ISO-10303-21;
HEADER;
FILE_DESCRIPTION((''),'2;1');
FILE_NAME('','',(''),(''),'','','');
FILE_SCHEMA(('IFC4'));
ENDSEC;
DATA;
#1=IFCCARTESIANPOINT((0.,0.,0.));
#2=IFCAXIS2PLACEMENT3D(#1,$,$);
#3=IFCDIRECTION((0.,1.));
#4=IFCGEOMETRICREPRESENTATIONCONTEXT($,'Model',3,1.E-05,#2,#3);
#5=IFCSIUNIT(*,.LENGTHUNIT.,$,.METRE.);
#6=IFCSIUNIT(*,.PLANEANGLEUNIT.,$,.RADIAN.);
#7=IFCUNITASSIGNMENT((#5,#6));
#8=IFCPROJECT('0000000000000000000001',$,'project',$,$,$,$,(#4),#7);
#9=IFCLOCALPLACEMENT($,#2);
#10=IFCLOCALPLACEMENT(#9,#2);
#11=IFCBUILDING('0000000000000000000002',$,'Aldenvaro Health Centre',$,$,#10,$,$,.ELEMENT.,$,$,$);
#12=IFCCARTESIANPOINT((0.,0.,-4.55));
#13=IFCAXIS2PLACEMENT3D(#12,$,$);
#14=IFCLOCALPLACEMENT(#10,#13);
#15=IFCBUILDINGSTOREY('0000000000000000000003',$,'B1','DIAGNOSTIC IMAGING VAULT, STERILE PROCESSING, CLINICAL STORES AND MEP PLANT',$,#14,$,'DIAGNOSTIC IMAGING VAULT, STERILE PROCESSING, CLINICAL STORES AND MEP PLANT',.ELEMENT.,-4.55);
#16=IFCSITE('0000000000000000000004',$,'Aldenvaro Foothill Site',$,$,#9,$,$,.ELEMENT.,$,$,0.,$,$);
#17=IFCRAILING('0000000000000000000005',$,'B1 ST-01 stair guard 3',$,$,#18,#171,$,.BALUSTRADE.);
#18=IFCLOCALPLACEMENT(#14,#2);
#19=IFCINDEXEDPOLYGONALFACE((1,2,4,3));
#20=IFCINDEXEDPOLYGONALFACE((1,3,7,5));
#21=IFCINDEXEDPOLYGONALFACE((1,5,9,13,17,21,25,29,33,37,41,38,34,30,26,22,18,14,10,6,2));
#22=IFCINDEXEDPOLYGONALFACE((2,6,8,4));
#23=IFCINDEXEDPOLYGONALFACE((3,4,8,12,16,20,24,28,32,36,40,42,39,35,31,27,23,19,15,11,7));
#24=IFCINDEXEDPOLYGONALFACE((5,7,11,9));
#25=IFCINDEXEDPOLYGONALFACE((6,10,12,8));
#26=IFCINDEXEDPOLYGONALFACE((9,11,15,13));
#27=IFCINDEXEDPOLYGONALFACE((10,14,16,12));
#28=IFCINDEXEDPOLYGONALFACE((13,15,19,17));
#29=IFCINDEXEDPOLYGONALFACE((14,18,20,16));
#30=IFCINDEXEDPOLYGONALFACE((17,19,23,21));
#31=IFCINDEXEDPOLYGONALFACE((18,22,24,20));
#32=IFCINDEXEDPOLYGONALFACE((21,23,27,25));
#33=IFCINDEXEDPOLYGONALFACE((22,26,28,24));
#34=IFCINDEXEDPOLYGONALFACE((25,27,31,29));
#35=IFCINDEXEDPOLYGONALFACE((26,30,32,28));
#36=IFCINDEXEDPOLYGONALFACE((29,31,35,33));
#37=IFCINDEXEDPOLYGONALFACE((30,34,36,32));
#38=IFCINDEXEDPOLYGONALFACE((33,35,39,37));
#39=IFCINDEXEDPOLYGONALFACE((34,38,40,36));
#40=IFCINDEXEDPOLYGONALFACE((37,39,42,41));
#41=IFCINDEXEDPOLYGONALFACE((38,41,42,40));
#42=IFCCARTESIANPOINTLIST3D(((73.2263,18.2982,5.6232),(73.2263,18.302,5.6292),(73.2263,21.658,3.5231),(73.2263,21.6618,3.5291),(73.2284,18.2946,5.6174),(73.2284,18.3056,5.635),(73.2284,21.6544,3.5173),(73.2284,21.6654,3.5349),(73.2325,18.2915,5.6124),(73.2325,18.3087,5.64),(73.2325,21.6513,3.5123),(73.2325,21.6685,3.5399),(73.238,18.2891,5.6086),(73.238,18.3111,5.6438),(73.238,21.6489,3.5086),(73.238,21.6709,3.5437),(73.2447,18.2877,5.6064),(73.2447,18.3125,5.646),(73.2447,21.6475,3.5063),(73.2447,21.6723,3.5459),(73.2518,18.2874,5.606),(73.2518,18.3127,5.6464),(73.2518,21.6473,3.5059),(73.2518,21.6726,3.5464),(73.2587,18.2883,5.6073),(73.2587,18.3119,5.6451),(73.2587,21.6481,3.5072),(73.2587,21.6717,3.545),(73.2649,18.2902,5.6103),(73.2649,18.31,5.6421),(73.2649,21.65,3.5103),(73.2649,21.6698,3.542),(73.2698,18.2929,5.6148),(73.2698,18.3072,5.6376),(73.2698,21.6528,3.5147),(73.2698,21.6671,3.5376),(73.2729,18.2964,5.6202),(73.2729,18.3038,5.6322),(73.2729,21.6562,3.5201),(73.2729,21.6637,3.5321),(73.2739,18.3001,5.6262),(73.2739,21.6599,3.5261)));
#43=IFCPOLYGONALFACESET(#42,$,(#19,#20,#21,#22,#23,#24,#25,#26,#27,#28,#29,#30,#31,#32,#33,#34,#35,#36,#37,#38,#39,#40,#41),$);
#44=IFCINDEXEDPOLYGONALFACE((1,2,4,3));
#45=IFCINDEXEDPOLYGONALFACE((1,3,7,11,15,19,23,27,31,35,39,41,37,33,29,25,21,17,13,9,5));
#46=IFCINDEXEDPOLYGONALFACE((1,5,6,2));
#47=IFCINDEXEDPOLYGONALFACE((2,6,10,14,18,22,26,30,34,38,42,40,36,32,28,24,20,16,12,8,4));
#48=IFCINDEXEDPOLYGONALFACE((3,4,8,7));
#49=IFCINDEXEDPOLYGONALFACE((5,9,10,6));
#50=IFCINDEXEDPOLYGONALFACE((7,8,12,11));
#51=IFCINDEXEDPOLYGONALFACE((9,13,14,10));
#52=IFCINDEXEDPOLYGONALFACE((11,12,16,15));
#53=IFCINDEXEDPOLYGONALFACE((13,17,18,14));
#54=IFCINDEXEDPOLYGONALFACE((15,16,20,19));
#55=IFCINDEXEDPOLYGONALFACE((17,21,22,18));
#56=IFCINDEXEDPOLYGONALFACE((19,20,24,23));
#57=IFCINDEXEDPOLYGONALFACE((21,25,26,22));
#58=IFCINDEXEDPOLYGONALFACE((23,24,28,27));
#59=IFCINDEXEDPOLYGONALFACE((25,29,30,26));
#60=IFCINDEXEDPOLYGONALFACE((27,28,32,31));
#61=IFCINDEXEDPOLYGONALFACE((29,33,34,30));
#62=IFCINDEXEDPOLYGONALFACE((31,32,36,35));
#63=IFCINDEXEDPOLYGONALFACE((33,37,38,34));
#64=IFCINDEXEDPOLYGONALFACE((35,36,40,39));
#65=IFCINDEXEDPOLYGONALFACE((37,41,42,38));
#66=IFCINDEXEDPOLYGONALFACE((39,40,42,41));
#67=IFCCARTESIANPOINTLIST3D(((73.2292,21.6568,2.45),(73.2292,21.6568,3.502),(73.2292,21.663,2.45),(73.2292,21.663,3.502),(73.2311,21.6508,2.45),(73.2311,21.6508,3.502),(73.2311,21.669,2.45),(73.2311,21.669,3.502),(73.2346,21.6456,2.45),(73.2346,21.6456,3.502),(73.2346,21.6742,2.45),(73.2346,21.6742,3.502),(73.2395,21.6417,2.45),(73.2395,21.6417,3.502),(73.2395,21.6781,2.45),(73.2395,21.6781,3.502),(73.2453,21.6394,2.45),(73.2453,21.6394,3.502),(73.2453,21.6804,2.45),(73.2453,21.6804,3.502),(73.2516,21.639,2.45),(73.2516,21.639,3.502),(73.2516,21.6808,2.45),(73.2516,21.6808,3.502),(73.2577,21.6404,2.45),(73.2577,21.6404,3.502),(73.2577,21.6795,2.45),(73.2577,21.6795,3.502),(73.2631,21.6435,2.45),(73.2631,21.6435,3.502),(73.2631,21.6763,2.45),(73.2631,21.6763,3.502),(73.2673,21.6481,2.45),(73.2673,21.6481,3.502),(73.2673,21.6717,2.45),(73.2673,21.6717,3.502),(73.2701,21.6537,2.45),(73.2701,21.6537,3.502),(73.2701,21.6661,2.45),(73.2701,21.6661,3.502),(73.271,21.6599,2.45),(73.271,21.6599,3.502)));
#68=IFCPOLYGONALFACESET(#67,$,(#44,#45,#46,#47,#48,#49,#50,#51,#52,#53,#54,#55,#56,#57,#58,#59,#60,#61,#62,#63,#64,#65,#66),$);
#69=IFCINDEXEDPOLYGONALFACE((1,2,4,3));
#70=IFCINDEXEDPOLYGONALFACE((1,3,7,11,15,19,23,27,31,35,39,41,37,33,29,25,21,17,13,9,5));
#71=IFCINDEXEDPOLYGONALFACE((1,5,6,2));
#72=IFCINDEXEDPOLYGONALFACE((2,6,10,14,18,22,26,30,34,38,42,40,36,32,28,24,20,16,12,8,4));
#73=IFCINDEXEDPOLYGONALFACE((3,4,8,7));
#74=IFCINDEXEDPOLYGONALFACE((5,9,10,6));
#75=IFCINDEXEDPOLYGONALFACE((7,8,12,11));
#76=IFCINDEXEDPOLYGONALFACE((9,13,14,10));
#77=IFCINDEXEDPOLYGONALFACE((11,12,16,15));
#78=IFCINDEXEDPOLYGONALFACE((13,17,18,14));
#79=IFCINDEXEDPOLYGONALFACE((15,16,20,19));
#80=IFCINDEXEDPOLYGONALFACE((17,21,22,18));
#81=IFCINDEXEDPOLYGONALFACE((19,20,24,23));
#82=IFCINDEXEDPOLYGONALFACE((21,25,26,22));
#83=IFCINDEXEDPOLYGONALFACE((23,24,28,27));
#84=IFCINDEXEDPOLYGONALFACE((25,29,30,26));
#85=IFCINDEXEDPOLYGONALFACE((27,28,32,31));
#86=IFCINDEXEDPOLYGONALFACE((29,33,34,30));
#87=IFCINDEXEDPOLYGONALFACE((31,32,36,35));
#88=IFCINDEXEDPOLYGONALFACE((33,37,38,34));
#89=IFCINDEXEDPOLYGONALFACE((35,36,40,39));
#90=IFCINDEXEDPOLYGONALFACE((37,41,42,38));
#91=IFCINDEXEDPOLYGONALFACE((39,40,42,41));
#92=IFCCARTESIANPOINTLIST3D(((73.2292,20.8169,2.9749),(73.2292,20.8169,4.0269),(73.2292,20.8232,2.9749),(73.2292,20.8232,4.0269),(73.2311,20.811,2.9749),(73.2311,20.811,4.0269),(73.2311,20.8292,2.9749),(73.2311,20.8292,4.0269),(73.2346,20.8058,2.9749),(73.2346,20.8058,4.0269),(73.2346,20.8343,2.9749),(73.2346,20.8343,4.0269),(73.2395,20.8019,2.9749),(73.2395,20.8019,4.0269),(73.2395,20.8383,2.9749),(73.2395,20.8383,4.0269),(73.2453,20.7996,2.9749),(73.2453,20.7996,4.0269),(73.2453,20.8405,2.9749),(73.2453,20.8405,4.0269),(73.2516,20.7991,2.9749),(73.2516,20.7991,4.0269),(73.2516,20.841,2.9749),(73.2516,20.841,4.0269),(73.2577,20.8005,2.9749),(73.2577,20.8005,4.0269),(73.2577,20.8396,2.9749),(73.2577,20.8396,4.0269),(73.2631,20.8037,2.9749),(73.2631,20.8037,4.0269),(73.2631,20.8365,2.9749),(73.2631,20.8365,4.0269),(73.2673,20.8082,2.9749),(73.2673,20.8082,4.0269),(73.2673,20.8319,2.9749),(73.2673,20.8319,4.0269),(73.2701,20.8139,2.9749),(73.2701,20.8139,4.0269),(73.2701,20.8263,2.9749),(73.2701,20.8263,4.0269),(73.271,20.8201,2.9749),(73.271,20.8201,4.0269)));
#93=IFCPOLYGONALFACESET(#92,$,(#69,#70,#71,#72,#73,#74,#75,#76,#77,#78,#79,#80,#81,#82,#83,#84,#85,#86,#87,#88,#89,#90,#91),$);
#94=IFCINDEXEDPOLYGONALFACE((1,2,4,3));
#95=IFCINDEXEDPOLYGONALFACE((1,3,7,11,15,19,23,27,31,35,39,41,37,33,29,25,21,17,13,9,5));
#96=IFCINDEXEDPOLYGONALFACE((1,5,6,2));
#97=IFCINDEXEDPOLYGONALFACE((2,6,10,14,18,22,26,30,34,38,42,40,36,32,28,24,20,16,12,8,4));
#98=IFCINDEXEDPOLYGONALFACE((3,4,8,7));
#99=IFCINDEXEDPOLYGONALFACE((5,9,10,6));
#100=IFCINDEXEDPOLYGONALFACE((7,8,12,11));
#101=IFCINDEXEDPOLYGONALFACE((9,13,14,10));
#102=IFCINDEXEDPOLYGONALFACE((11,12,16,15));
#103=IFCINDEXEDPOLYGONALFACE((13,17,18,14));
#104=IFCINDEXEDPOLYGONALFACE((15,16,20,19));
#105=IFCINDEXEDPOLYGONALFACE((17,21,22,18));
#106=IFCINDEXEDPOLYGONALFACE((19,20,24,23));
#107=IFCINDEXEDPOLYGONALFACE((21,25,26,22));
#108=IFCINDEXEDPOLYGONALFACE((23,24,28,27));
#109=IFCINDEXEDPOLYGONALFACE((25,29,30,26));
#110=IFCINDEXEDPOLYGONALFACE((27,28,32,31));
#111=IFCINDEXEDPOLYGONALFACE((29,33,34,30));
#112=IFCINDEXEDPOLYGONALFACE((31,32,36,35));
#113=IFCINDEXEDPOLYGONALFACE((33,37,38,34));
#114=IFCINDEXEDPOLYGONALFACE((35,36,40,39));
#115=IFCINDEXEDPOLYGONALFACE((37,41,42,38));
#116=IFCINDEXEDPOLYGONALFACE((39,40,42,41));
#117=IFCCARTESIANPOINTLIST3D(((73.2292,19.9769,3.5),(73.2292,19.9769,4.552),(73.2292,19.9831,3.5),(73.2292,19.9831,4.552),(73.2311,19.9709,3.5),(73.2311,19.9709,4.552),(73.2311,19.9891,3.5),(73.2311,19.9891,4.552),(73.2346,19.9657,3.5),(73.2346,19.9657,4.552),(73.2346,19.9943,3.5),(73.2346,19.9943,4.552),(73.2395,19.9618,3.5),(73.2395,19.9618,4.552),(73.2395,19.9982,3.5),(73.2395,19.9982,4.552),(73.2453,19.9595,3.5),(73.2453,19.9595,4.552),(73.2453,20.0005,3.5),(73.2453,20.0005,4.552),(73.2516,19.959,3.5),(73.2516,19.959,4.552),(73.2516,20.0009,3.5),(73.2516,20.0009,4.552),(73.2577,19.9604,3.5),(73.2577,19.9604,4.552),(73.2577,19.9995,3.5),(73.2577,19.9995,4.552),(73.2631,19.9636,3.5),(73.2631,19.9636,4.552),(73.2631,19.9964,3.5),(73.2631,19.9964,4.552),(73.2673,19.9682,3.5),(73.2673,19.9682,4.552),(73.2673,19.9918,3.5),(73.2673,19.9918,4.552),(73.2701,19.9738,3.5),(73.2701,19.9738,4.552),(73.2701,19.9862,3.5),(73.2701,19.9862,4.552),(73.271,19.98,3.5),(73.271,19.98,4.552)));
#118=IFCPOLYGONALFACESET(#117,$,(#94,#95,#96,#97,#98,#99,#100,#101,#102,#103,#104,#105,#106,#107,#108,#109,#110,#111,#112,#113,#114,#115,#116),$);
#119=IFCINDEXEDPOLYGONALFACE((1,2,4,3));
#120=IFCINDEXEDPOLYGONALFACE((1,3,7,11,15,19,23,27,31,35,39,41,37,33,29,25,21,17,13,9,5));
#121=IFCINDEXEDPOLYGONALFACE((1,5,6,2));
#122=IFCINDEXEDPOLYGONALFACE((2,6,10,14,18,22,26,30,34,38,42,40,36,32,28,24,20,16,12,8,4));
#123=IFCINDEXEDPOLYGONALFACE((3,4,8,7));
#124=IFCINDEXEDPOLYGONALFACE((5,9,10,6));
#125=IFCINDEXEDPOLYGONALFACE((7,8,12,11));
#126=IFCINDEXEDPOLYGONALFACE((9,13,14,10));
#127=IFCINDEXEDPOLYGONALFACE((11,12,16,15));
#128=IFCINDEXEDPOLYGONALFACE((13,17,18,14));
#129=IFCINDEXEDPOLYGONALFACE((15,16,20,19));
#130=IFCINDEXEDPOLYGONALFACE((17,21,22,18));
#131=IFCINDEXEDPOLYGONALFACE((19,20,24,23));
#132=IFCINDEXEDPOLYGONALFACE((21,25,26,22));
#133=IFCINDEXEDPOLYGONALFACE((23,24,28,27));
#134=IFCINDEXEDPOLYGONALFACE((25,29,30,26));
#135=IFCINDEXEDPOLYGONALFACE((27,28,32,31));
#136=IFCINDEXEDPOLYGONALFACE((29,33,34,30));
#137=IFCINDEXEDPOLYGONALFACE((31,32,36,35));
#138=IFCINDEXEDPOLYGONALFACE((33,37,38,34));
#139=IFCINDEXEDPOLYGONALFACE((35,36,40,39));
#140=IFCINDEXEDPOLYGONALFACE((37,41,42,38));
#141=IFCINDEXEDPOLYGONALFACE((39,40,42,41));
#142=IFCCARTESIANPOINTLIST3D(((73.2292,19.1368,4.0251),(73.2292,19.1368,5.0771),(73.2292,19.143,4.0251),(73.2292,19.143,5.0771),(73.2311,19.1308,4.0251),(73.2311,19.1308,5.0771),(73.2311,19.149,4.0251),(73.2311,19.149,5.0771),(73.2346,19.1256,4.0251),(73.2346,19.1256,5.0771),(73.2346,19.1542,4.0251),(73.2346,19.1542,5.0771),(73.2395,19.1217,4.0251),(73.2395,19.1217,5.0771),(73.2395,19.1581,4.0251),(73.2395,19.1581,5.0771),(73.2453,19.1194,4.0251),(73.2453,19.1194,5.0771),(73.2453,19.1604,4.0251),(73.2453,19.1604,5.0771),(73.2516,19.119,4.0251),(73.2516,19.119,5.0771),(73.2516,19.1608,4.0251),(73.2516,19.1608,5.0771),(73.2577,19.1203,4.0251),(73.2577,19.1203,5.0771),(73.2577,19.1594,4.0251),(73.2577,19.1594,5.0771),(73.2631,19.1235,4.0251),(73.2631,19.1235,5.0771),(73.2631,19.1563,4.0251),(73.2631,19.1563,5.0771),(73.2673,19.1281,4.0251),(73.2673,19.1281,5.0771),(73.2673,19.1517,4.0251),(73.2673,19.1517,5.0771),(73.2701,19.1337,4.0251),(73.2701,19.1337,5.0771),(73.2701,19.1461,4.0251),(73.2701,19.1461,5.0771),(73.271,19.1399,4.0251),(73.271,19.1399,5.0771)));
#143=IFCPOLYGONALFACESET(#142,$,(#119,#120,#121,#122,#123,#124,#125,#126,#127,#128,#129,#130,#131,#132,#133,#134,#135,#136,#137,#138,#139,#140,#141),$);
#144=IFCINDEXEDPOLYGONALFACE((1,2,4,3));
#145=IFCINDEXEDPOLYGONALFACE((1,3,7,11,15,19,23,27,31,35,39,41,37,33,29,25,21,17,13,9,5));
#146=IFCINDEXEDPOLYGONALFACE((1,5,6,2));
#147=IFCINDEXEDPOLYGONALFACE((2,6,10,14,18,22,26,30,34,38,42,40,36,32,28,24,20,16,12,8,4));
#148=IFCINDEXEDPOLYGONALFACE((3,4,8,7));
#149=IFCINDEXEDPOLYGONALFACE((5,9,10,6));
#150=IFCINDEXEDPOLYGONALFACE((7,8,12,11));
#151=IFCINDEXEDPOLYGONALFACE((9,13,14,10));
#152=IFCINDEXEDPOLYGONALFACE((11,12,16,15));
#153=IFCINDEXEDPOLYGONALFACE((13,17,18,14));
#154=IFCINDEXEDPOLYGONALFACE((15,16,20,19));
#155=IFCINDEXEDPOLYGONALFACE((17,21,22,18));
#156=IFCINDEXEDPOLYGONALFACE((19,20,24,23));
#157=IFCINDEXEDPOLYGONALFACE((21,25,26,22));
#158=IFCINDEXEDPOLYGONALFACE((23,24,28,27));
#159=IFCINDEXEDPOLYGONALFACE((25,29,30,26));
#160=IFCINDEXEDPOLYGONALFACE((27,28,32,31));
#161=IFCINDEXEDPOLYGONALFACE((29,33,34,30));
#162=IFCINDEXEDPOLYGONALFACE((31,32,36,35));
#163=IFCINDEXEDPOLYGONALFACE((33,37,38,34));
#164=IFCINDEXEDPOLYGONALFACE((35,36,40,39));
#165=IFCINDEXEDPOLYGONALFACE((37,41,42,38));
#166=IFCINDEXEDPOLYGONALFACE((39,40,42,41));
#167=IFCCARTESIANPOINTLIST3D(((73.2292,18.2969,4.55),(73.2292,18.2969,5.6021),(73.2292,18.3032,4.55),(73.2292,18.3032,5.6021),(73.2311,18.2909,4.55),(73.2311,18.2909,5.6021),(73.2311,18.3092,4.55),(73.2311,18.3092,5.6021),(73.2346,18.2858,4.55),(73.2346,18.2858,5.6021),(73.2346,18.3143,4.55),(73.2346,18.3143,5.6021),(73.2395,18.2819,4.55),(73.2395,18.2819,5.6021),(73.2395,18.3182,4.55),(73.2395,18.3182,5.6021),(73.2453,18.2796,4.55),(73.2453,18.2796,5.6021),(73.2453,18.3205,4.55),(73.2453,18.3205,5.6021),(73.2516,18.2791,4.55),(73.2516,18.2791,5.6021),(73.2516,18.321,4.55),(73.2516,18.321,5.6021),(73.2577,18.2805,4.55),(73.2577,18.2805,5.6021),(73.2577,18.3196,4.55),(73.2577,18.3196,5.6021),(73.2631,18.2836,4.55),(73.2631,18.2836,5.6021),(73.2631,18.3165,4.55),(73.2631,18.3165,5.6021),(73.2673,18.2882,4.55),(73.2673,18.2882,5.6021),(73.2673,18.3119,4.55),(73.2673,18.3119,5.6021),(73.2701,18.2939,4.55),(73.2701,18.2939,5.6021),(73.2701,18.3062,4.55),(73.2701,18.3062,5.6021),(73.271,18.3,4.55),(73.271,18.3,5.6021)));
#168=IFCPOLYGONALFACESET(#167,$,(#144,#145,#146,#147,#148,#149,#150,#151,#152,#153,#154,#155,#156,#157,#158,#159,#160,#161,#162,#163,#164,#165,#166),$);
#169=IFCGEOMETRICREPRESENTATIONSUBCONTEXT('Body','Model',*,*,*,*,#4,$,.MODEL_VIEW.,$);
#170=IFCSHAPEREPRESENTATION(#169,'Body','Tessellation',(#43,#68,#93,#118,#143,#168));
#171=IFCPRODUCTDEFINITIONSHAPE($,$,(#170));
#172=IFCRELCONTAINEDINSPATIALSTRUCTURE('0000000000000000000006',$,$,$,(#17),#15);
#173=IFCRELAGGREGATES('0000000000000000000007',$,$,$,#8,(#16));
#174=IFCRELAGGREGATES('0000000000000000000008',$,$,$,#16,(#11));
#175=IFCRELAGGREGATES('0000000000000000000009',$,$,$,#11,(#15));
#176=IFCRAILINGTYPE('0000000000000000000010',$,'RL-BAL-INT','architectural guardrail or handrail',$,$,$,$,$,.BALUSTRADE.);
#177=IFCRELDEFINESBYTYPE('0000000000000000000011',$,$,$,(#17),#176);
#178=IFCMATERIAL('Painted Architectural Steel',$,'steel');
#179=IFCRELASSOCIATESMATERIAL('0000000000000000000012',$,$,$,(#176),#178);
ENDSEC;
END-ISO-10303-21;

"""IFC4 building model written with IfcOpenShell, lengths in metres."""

from ifc_helpers import new_model, si_unit, direction, frame, origin, origin_2d, place, context, subcontext, project, spatial, circle, extrude, material, type_object, element, save


model = new_model("IFC4")

# Units and contexts
model_context = context("Model", 3, precision=1e-05, world=origin(), true_north=direction((0.0, 1.0)))
body_context = subcontext(model_context, "Body", "Model", "MODEL_VIEW")
ifc_project = project(units=[si_unit("LENGTHUNIT", "METRE"), si_unit("PLANEANGLEUNIT", "RADIAN")], contexts=[model_context])

# Site, building, storey
site_placement = place(None, origin())
site = spatial("IfcSite", under=ifc_project, at=site_placement, Name="Aldenvaro Foothill Site", CompositionType="ELEMENT", RefElevation=0.0)
building_placement = place(site_placement, origin())
building = spatial("IfcBuilding", under=site, at=building_placement, Name="Aldenvaro Health Centre", CompositionType="ELEMENT")
storey_placement = place(building_placement, frame((0.0, 0.0, -4.55)))
storey = spatial("IfcBuildingStorey", under=building, at=storey_placement, Name="B1", Description="DIAGNOSTIC IMAGING VAULT, STERILE PROCESSING, CLINICAL STORES AND MEP PLANT", LongName="DIAGNOSTIC IMAGING VAULT, STERILE PROCESSING, CLINICAL STORES AND MEP PLANT", CompositionType="ELEMENT", Elevation=-4.55)

# Railing
ifc_material_1 = material(Name="Painted Architectural Steel", Category="steel")
railing_type_1 = type_object("IfcRailingType", Name="RL-BAL-INT", Description="architectural guardrail or handrail", PredefinedType="BALUSTRADE", material=ifc_material_1)
railing_1_placement = place(storey_placement, frame((73.25, 21.6599, 2.45)))
element("IfcRailing", 1, at=railing_1_placement, inside=storey, type_object=railing_type_1, Name="B1 ST-01 stair guard 3", PredefinedType="BALUSTRADE", context=body_context, shape_type="SweptSolid", body=[
    extrude(circle(Radius=0.0239, at=origin_2d()), frame((0.0, 0.0, 1.0762), z_axis=(0.0, -0.847978, 0.530032), x_axis=(1.0, 0.0, 0.0)), (0.0, 0.0, 1.0), 3.9622),
    extrude(circle(Radius=0.021, at=origin_2d()), origin(), (0.0, 0.0, 1.0), 1.052),
    extrude(circle(Radius=0.021, at=origin_2d()), frame((0.0, -0.8398, 0.5249)), (0.0, 0.0, 1.0), 1.052),
    extrude(circle(Radius=0.021, at=origin_2d()), frame((0.0, -1.6799, 1.05)), (0.0, 0.0, 1.0), 1.052),
    extrude(circle(Radius=0.021, at=origin_2d()), frame((0.0, -2.52, 1.5752)), (0.0, 0.0, 1.0), 1.052),
    extrude(circle(Radius=0.021, at=origin_2d()), frame((0.0, -3.3599, 2.1001)), (0.0, 0.0, 1.0), 1.052),
])

save(model, "model.ifc")
